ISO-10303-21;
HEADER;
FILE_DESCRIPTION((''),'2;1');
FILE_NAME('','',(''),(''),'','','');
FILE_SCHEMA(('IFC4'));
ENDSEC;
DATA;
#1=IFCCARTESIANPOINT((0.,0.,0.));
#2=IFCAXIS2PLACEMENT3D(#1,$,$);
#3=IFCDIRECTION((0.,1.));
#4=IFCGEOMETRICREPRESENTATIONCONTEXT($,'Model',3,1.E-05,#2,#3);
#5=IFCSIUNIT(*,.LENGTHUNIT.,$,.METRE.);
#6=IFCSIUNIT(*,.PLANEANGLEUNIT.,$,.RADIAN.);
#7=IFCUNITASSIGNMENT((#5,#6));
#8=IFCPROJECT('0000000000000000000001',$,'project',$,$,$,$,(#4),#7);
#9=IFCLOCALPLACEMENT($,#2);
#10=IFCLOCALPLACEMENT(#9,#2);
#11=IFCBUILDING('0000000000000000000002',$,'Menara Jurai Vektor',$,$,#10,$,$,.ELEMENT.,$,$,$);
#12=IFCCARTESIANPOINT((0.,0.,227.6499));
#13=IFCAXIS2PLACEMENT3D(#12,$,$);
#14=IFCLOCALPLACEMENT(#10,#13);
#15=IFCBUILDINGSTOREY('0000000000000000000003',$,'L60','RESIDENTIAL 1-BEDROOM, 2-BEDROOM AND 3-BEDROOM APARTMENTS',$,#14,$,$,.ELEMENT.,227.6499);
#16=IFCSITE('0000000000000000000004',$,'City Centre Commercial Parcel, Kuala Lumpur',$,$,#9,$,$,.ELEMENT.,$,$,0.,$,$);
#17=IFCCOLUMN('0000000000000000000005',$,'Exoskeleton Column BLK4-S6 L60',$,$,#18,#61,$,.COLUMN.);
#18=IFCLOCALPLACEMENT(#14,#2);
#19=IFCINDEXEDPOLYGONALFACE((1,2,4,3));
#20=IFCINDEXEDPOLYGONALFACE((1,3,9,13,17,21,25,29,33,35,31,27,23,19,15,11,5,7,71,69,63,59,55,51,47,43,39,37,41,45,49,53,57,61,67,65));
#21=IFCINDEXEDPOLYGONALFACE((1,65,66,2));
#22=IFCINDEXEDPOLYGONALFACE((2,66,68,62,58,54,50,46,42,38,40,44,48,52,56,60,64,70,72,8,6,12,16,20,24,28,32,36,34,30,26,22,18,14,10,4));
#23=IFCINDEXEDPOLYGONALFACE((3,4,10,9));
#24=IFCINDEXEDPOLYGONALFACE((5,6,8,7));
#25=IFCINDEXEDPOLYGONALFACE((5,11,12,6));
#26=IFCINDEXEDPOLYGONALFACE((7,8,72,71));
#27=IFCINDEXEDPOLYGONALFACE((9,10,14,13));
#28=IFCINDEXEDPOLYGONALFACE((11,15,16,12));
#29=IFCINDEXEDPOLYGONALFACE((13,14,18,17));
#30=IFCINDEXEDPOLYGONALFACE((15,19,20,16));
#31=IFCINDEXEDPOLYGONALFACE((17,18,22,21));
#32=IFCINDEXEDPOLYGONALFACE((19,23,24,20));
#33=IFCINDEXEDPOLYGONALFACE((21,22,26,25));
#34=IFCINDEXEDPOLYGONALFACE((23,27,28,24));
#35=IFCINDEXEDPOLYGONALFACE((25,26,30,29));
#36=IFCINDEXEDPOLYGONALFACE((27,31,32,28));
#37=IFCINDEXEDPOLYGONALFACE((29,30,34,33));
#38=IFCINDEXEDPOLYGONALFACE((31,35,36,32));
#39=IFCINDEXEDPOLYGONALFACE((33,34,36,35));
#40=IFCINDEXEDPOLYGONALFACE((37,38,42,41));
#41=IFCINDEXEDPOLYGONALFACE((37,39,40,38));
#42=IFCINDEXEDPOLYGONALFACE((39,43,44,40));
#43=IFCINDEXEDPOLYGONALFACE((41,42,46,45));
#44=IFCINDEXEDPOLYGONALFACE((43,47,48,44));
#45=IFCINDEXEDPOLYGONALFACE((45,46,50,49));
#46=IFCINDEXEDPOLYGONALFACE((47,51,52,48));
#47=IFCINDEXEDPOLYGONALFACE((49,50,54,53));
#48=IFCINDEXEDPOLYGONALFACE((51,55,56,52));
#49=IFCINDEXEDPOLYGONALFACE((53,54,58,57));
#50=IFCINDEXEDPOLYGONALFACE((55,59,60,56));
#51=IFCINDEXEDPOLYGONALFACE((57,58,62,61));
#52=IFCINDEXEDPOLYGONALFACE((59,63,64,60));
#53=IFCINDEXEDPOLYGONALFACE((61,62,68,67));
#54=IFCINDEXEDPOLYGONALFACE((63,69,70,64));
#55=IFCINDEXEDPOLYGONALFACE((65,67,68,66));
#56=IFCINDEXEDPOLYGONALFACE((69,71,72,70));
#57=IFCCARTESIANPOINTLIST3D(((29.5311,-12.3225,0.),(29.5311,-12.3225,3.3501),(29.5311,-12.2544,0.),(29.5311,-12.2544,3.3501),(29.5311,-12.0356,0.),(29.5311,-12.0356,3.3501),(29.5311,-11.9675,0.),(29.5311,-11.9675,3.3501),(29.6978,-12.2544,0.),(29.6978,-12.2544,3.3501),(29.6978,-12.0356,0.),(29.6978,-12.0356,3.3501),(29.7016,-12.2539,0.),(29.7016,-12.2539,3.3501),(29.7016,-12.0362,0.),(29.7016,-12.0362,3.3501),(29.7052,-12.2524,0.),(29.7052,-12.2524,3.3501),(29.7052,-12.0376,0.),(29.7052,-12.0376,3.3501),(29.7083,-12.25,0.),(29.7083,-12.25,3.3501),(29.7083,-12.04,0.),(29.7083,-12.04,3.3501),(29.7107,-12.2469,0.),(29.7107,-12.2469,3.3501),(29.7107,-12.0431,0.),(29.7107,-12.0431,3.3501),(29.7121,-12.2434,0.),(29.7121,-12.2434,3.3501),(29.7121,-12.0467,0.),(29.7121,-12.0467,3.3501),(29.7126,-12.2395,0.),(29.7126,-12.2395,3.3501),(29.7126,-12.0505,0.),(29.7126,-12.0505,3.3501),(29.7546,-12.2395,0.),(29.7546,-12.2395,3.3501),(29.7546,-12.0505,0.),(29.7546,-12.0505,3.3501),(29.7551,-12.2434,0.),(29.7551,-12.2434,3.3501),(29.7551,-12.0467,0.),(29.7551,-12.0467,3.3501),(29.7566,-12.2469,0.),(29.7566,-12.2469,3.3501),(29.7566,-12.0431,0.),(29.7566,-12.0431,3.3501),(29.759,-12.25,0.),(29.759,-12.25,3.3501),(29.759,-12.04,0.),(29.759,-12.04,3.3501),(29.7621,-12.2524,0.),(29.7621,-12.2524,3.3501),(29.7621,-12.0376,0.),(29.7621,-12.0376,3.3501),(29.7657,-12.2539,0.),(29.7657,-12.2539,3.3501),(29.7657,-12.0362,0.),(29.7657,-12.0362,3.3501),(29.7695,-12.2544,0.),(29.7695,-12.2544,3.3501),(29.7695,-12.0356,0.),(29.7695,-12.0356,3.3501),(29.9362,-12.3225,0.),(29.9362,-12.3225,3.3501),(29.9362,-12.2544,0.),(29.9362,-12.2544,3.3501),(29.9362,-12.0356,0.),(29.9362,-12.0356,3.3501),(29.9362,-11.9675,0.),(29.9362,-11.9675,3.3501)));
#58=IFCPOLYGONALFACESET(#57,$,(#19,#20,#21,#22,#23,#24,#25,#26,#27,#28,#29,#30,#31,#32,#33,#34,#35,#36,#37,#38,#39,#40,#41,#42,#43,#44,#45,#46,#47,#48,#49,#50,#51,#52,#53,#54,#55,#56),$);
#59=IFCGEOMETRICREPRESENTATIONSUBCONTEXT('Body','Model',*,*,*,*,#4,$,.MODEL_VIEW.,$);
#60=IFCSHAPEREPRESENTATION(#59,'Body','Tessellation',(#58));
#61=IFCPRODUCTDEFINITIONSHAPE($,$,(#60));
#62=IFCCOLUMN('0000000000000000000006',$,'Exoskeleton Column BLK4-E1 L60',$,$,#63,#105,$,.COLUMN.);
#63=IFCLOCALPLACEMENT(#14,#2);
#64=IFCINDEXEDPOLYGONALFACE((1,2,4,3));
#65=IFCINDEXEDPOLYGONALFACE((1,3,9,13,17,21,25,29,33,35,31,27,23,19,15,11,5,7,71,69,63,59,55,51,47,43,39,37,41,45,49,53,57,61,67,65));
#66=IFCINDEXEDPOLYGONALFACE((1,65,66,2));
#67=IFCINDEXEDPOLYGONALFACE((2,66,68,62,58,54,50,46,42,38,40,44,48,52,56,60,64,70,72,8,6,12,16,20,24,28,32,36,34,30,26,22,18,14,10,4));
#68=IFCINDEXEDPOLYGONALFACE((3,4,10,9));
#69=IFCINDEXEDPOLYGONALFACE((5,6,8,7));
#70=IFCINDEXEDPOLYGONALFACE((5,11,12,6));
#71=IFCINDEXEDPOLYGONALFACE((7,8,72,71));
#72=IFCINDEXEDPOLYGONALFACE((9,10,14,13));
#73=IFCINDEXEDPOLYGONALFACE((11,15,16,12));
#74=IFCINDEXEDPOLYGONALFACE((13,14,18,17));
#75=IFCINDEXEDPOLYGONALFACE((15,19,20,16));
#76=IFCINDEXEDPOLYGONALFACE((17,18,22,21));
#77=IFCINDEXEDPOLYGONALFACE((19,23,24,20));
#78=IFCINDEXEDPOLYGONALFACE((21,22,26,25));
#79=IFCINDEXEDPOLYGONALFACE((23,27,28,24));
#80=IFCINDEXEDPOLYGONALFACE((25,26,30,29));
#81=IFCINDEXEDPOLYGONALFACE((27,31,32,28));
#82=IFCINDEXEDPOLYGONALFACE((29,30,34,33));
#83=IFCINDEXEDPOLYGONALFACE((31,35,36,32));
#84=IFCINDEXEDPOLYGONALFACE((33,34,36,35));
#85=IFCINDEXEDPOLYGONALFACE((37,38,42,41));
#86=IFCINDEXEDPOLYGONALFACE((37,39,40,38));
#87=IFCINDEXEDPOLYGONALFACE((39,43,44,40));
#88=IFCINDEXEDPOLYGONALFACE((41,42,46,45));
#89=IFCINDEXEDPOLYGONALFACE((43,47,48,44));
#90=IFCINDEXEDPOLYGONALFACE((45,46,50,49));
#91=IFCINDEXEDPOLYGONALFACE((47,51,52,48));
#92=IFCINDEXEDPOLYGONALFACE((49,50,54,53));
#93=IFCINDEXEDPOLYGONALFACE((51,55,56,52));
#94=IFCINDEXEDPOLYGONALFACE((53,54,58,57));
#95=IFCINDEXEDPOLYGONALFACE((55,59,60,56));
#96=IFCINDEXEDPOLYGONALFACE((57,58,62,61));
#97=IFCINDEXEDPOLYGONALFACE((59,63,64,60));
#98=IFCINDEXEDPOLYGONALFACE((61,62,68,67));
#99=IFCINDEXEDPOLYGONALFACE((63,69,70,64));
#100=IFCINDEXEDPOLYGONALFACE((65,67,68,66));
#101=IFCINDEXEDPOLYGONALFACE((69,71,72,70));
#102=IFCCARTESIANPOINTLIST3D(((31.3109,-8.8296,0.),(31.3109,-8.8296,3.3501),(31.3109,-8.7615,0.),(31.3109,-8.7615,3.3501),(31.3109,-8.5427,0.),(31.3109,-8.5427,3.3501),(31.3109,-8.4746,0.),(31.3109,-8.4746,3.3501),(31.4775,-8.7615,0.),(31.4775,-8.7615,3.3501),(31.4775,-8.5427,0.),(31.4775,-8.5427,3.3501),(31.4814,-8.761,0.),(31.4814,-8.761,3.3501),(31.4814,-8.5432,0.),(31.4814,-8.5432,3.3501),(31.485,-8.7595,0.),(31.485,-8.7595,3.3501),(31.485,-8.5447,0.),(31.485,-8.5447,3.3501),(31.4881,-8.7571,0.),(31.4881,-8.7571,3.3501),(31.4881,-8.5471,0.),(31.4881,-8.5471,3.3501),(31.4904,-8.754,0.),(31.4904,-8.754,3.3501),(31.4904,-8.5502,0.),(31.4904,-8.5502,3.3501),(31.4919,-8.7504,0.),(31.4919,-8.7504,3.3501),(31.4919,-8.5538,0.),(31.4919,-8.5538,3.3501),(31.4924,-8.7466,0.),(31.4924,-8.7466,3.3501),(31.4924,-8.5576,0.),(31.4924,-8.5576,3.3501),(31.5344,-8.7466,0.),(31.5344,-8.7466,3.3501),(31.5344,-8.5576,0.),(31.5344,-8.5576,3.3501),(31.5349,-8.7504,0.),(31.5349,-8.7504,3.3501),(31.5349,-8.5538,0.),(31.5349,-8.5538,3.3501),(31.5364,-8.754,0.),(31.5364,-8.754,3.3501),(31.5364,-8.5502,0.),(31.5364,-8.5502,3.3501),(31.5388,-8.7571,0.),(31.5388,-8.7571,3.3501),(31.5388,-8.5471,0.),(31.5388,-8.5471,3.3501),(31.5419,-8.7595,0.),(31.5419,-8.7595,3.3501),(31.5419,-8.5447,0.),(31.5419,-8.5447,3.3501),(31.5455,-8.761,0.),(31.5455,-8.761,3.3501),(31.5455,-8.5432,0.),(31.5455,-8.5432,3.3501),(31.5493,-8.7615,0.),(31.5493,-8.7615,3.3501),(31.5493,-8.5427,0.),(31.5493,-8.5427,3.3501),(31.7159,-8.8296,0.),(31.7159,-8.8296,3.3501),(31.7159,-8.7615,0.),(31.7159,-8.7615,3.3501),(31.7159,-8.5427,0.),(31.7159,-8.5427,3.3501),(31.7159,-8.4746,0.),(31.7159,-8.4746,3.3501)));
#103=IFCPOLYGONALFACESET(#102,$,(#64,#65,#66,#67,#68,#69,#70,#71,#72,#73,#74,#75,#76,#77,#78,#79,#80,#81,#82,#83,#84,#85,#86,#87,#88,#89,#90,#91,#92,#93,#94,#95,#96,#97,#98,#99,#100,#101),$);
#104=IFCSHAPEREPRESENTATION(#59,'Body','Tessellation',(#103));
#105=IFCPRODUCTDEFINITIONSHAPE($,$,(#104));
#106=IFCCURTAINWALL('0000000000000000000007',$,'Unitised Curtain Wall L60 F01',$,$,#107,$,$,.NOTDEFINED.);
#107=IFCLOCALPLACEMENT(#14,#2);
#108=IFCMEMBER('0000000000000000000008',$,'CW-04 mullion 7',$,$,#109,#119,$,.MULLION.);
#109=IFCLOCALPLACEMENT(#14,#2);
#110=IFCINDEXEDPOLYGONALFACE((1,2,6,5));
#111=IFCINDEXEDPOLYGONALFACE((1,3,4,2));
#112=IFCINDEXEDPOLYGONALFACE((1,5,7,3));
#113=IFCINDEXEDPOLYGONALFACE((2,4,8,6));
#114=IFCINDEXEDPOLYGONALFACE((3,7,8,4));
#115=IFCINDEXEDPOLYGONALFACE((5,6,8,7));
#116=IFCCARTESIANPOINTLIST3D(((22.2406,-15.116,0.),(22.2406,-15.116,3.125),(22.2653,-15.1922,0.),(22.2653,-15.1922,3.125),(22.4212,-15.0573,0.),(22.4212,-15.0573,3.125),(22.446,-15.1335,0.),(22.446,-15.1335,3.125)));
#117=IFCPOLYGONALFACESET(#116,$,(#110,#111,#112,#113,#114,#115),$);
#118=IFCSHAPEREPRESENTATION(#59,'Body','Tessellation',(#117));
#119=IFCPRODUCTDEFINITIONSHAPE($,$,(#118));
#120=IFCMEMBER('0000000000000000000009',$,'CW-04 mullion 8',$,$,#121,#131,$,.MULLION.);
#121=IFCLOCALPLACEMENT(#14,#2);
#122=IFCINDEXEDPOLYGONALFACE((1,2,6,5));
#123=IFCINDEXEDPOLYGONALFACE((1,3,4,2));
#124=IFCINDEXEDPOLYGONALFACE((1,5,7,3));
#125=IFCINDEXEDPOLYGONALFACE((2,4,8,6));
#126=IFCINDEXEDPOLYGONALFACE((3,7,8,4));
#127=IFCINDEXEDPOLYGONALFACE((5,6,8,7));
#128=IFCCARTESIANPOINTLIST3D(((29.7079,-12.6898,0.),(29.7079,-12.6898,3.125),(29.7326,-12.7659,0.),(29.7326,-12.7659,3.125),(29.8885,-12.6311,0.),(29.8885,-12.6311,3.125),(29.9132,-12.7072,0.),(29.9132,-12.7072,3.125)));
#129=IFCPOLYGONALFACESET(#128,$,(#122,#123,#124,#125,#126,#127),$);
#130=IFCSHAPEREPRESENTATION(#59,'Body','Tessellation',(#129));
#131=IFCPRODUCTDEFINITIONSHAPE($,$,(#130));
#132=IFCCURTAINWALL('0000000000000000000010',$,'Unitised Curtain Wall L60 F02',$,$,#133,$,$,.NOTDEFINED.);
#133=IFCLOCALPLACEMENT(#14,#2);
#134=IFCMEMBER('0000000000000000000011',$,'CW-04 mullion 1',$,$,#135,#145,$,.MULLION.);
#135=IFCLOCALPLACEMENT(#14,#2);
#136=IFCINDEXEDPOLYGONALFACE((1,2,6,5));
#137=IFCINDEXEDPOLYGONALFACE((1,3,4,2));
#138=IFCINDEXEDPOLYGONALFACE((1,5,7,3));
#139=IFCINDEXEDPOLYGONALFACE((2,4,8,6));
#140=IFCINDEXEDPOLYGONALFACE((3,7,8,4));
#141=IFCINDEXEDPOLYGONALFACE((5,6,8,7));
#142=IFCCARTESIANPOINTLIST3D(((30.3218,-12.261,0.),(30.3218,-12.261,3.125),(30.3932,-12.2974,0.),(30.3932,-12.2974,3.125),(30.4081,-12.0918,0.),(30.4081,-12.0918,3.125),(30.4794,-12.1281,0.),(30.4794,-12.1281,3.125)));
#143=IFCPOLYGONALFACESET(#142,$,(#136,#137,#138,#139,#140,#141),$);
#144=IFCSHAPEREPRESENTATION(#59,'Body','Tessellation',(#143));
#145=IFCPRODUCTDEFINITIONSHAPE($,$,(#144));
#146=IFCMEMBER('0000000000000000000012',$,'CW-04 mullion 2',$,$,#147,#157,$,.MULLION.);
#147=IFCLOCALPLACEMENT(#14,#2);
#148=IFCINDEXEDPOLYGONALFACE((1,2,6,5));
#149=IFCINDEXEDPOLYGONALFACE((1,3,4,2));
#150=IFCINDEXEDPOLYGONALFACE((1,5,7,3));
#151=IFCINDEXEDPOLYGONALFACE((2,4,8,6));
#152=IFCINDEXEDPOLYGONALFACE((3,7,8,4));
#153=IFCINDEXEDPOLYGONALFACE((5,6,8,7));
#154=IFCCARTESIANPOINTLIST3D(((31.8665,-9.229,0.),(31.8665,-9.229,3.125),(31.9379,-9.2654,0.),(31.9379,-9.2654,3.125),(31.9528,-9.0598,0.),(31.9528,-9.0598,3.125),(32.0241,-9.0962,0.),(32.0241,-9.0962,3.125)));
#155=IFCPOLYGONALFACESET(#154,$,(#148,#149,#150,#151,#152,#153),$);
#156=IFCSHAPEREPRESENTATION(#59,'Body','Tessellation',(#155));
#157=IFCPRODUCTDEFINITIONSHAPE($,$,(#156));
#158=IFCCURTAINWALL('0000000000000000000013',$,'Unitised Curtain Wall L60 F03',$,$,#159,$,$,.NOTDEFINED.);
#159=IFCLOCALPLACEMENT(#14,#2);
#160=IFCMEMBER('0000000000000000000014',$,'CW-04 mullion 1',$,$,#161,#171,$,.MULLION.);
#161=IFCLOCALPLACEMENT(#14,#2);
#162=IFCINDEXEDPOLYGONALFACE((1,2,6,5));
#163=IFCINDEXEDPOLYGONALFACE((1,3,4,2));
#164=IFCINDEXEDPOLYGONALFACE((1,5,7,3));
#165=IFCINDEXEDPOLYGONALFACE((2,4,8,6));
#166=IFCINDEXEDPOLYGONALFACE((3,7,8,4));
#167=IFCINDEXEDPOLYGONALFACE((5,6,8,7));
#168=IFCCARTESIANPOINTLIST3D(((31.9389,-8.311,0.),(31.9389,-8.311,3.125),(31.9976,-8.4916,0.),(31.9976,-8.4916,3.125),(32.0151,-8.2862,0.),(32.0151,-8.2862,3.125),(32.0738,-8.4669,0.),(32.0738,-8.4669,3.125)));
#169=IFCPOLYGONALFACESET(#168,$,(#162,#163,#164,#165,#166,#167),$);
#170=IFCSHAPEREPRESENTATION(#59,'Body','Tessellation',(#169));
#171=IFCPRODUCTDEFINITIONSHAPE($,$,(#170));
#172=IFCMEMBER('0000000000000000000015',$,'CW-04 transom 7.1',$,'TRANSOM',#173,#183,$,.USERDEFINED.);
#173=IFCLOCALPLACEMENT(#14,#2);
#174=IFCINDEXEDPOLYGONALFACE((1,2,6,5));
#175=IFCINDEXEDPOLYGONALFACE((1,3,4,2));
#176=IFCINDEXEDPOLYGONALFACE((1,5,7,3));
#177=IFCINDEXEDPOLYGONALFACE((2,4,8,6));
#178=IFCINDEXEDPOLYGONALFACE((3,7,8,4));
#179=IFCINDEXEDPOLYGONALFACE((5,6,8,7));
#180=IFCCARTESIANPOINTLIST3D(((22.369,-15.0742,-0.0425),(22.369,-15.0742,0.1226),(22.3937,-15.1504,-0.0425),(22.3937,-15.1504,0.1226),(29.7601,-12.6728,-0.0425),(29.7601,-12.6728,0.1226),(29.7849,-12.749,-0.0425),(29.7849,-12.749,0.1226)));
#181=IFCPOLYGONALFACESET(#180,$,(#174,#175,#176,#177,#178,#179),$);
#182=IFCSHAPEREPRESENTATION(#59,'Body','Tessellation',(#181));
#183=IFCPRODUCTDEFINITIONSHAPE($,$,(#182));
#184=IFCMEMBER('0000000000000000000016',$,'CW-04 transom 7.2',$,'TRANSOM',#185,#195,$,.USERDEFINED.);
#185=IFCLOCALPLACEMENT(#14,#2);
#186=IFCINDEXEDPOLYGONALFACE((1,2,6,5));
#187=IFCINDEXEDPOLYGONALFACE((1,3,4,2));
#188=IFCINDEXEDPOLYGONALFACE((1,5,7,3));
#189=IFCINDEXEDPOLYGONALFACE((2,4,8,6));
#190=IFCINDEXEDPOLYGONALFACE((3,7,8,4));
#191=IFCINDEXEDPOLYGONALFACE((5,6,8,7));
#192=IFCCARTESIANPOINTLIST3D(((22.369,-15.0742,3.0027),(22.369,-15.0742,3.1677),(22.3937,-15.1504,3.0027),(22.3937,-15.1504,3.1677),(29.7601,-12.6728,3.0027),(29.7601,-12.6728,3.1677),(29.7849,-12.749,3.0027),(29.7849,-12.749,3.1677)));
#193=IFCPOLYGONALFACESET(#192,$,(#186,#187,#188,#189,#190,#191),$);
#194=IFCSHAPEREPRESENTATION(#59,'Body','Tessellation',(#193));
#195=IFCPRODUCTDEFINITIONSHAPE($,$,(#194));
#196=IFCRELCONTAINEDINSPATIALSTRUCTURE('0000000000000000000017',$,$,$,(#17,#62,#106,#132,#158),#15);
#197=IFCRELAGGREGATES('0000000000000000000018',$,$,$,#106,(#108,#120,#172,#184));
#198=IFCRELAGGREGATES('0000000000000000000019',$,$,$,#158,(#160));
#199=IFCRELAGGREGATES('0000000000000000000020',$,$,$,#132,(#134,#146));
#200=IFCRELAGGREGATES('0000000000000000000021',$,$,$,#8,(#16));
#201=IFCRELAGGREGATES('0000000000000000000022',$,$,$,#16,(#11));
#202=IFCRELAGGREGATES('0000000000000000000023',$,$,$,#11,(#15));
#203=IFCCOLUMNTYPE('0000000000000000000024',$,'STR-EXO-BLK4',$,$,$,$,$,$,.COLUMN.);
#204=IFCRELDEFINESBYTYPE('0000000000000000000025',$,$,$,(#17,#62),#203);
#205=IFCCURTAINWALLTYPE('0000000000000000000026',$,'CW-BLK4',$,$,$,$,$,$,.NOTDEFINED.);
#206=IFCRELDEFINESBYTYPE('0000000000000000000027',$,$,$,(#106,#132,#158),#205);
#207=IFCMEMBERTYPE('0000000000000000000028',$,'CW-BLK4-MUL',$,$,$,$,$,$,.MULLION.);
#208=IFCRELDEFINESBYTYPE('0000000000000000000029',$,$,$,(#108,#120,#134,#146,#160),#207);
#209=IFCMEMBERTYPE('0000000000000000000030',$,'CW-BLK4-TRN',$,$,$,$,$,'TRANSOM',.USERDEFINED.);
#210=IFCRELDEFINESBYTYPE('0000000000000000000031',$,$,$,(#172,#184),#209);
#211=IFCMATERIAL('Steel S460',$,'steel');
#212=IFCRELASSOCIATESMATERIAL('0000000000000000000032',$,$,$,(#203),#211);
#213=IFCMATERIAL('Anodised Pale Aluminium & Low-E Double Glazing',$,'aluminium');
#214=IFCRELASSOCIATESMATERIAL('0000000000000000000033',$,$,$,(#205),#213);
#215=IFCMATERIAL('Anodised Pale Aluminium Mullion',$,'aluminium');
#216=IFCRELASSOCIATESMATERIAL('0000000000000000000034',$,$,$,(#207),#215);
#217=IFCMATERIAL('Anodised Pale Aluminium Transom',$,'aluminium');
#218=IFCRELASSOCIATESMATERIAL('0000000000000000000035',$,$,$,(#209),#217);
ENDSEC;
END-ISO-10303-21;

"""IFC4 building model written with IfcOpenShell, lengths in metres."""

from ifc_helpers import new_model, si_unit, direction, frame, origin, origin_2d, place, context, subcontext, project, spatial, rectangle, i_section, extrude, material, material_profile, profile_set, type_object, element, aggregate, save


model = new_model("IFC4")

# Units and contexts
model_context = context("Model", 3, precision=1e-05, world=origin(), true_north=direction((0.0, 1.0)))
body_context = subcontext(model_context, "Body", "Model", "MODEL_VIEW")
ifc_project = project(units=[si_unit("LENGTHUNIT", "METRE"), si_unit("PLANEANGLEUNIT", "RADIAN")], contexts=[model_context])

# Site, building, storey
site_placement = place(None, origin())
site = spatial("IfcSite", under=ifc_project, at=site_placement, Name="City Centre Commercial Parcel, Kuala Lumpur", CompositionType="ELEMENT", RefElevation=0.0)
building_placement = place(site_placement, origin())
building = spatial("IfcBuilding", under=site, at=building_placement, Name="Menara Jurai Vektor", CompositionType="ELEMENT")
storey_placement = place(building_placement, frame((0.0, 0.0, 227.6499)))
storey = spatial("IfcBuildingStorey", under=building, at=storey_placement, Name="L60", Description="RESIDENTIAL 1-BEDROOM, 2-BEDROOM AND 3-BEDROOM APARTMENTS", CompositionType="ELEMENT", Elevation=227.6499)

# Columns
ifc_material_1 = material(Name="Steel S460", Category="steel")
ifc_material_profile_1 = material_profile(ifc_material_1, i_section(OverallWidth=0.405, OverallDepth=0.355, WebThickness=0.042, FlangeThickness=0.0681, FilletRadius=0.0149, at=origin_2d()), Name="HD 400x551")
ifc_profile_set_1 = profile_set([ifc_material_profile_1], Name="Steel S460")
column_type = type_object("IfcColumnType", Name="STR-EXO-BLK4", PredefinedType="COLUMN", material=ifc_profile_set_1)
for number, where, z_axis, x_axis, name in (
    (1, (29.7336, -12.145, 0.0), (0.0, 0.0, 1.0), (1.0, 0.0, 0.0), "Exoskeleton Column BLK4-S6 L60"),
    (2, (31.5134, -8.6521, 0.0), (0.0, 0.0, 1.0), (1.0, 0.0, 0.0), "Exoskeleton Column BLK4-E1 L60"),
):
    element("IfcColumn", number, at=place(storey_placement, frame(where, z_axis=z_axis, x_axis=x_axis)), inside=storey, type_object=column_type, Name=name, PredefinedType="COLUMN", context=body_context, shape_type="SweptSolid", body=[
        extrude(i_section(OverallWidth=0.405, OverallDepth=0.355, WebThickness=0.042, FlangeThickness=0.0681, FilletRadius=0.0149, at=origin_2d()), origin(), (0.0, 0.0, 1.0), 3.3501),
    ])

# Curtain walls, members
ifc_material_2 = material(Name="Anodised Pale Aluminium & Low-E Double Glazing", Category="aluminium")
curtain_wall_type = type_object("IfcCurtainWallType", Name="CW-BLK4", PredefinedType="NOTDEFINED", material=ifc_material_2)
curtain_wall_1_placement = place(storey_placement, origin())
curtain_wall_1 = element("IfcCurtainWall", 3, at=curtain_wall_1_placement, inside=storey, type_object=curtain_wall_type, Name="Unitised Curtain Wall L60 F01", PredefinedType="NOTDEFINED")
ifc_material_3 = material(Name="Anodised Pale Aluminium Mullion", Category="aluminium")
ifc_material_profile_2 = material_profile(ifc_material_3, rectangle(XDim=0.0801, YDim=0.1899, at=origin_2d()), Name="ALU MUL 80x190")
ifc_profile_set_2 = profile_set([ifc_material_profile_2], Name="Anodised Pale Aluminium Mullion")
member_type_1 = type_object("IfcMemberType", Name="CW-BLK4-MUL", PredefinedType="MULLION", material=ifc_profile_set_2)
member_1_placement = place(storey_placement, frame((22.3433, -15.1248, 0.0), z_axis=(0.0, 0.0, 1.0), x_axis=(-0.309017, 0.951056, 0.0)))
member_1 = element("IfcMember", 4, at=member_1_placement, type_object=member_type_1, Name="CW-04 mullion 7", PredefinedType="MULLION", context=body_context, shape_type="SweptSolid", body=[
    extrude(rectangle(XDim=0.0801, YDim=0.1899, at=origin_2d()), origin(), (0.0, 0.0, 1.0), 3.125),
])
member_2_placement = place(storey_placement, frame((29.8105, -12.6985, 0.0), z_axis=(0.0, 0.0, 1.0), x_axis=(-0.309017, 0.951056, 0.0)))
member_2 = element("IfcMember", 5, at=member_2_placement, type_object=member_type_1, Name="CW-04 mullion 8", PredefinedType="MULLION", context=body_context, shape_type="SweptSolid", body=[
    extrude(rectangle(XDim=0.0801, YDim=0.1899, at=origin_2d()), origin(), (0.0, 0.0, 1.0), 3.125),
])
curtain_wall_2_placement = place(storey_placement, origin())
curtain_wall_2 = element("IfcCurtainWall", 6, at=curtain_wall_2_placement, inside=storey, type_object=curtain_wall_type, Name="Unitised Curtain Wall L60 F02", PredefinedType="NOTDEFINED")
member_3_placement = place(storey_placement, frame((30.4006, -12.1946, 0.0), z_axis=(0.0, 0.0, 1.0), x_axis=(-0.891008, 0.453989, 0.0)))
member_3 = element("IfcMember", 7, at=member_3_placement, type_object=member_type_1, Name="CW-04 mullion 1", PredefinedType="MULLION", context=body_context, shape_type="SweptSolid", body=[
    extrude(rectangle(XDim=0.0801, YDim=0.1899, at=origin_2d()), origin(), (0.0, 0.0, 1.0), 3.125),
])
member_4_placement = place(storey_placement, frame((31.9453, -9.1626, 0.0), z_axis=(0.0, 0.0, 1.0), x_axis=(-0.891008, 0.453989, 0.0)))
member_4 = element("IfcMember", 8, at=member_4_placement, type_object=member_type_1, Name="CW-04 mullion 2", PredefinedType="MULLION", context=body_context, shape_type="SweptSolid", body=[
    extrude(rectangle(XDim=0.0801, YDim=0.1899, at=origin_2d()), origin(), (0.0, 0.0, 1.0), 3.125),
])

# Curtain wall, member
curtain_wall_3_placement = place(storey_placement, origin())
curtain_wall_3 = element("IfcCurtainWall", 9, at=curtain_wall_3_placement, inside=storey, type_object=curtain_wall_type, Name="Unitised Curtain Wall L60 F03", PredefinedType="NOTDEFINED")
member_5_placement = place(storey_placement, frame((32.0063, -8.3889, 0.0), z_axis=(0.0, 0.0, 1.0), x_axis=(-0.951057, -0.309016, 0.0)))
member_5 = element("IfcMember", 10, at=member_5_placement, type_object=member_type_1, Name="CW-04 mullion 1", PredefinedType="MULLION", context=body_context, shape_type="SweptSolid", body=[
    extrude(rectangle(XDim=0.0801, YDim=0.1899, at=origin_2d()), origin(), (0.0, 0.0, 1.0), 3.125),
])

# Members
ifc_material_4 = material(Name="Anodised Pale Aluminium Transom", Category="aluminium")
ifc_material_profile_3 = material_profile(ifc_material_4, rectangle(XDim=0.0801, YDim=0.165, at=origin_2d()), Name="ALU TRN 80x165")
ifc_profile_set_3 = profile_set([ifc_material_profile_3], Name="Anodised Pale Aluminium Transom")
member_type_2 = type_object("IfcMemberType", Name="CW-BLK4-TRN", ElementType="TRANSOM", PredefinedType="USERDEFINED", material=ifc_profile_set_3)
member_6_placement = place(storey_placement, frame((22.3813, -15.1123, 0.04), z_axis=(0.951062, 0.308999, 0.0), x_axis=(-0.308999, 0.951062, 0.0)))
member_6 = element("IfcMember", 11, at=member_6_placement, type_object=member_type_2, Name="CW-04 transom 7.1", ObjectType="TRANSOM", PredefinedType="USERDEFINED", context=body_context, shape_type="SweptSolid", body=[
    extrude(rectangle(XDim=0.0801, YDim=0.165, at=origin_2d()), origin(), (0.0, 0.0, 1.0), 7.7715),
])
member_7_placement = place(storey_placement, frame((22.3813, -15.1123, 3.0852), z_axis=(0.951062, 0.308999, 0.0), x_axis=(-0.308999, 0.951062, 0.0)))
member_7 = element("IfcMember", 12, at=member_7_placement, type_object=member_type_2, Name="CW-04 transom 7.2", ObjectType="TRANSOM", PredefinedType="USERDEFINED", context=body_context, shape_type="SweptSolid", body=[
    extrude(rectangle(XDim=0.0801, YDim=0.165, at=origin_2d()), origin(), (0.0, 0.0, 1.0), 7.7715),
])

aggregate(curtain_wall_1, [member_1, member_2, member_6, member_7])
aggregate(curtain_wall_3, [member_5])
aggregate(curtain_wall_2, [member_3, member_4])

save(model, "model.ifc")
